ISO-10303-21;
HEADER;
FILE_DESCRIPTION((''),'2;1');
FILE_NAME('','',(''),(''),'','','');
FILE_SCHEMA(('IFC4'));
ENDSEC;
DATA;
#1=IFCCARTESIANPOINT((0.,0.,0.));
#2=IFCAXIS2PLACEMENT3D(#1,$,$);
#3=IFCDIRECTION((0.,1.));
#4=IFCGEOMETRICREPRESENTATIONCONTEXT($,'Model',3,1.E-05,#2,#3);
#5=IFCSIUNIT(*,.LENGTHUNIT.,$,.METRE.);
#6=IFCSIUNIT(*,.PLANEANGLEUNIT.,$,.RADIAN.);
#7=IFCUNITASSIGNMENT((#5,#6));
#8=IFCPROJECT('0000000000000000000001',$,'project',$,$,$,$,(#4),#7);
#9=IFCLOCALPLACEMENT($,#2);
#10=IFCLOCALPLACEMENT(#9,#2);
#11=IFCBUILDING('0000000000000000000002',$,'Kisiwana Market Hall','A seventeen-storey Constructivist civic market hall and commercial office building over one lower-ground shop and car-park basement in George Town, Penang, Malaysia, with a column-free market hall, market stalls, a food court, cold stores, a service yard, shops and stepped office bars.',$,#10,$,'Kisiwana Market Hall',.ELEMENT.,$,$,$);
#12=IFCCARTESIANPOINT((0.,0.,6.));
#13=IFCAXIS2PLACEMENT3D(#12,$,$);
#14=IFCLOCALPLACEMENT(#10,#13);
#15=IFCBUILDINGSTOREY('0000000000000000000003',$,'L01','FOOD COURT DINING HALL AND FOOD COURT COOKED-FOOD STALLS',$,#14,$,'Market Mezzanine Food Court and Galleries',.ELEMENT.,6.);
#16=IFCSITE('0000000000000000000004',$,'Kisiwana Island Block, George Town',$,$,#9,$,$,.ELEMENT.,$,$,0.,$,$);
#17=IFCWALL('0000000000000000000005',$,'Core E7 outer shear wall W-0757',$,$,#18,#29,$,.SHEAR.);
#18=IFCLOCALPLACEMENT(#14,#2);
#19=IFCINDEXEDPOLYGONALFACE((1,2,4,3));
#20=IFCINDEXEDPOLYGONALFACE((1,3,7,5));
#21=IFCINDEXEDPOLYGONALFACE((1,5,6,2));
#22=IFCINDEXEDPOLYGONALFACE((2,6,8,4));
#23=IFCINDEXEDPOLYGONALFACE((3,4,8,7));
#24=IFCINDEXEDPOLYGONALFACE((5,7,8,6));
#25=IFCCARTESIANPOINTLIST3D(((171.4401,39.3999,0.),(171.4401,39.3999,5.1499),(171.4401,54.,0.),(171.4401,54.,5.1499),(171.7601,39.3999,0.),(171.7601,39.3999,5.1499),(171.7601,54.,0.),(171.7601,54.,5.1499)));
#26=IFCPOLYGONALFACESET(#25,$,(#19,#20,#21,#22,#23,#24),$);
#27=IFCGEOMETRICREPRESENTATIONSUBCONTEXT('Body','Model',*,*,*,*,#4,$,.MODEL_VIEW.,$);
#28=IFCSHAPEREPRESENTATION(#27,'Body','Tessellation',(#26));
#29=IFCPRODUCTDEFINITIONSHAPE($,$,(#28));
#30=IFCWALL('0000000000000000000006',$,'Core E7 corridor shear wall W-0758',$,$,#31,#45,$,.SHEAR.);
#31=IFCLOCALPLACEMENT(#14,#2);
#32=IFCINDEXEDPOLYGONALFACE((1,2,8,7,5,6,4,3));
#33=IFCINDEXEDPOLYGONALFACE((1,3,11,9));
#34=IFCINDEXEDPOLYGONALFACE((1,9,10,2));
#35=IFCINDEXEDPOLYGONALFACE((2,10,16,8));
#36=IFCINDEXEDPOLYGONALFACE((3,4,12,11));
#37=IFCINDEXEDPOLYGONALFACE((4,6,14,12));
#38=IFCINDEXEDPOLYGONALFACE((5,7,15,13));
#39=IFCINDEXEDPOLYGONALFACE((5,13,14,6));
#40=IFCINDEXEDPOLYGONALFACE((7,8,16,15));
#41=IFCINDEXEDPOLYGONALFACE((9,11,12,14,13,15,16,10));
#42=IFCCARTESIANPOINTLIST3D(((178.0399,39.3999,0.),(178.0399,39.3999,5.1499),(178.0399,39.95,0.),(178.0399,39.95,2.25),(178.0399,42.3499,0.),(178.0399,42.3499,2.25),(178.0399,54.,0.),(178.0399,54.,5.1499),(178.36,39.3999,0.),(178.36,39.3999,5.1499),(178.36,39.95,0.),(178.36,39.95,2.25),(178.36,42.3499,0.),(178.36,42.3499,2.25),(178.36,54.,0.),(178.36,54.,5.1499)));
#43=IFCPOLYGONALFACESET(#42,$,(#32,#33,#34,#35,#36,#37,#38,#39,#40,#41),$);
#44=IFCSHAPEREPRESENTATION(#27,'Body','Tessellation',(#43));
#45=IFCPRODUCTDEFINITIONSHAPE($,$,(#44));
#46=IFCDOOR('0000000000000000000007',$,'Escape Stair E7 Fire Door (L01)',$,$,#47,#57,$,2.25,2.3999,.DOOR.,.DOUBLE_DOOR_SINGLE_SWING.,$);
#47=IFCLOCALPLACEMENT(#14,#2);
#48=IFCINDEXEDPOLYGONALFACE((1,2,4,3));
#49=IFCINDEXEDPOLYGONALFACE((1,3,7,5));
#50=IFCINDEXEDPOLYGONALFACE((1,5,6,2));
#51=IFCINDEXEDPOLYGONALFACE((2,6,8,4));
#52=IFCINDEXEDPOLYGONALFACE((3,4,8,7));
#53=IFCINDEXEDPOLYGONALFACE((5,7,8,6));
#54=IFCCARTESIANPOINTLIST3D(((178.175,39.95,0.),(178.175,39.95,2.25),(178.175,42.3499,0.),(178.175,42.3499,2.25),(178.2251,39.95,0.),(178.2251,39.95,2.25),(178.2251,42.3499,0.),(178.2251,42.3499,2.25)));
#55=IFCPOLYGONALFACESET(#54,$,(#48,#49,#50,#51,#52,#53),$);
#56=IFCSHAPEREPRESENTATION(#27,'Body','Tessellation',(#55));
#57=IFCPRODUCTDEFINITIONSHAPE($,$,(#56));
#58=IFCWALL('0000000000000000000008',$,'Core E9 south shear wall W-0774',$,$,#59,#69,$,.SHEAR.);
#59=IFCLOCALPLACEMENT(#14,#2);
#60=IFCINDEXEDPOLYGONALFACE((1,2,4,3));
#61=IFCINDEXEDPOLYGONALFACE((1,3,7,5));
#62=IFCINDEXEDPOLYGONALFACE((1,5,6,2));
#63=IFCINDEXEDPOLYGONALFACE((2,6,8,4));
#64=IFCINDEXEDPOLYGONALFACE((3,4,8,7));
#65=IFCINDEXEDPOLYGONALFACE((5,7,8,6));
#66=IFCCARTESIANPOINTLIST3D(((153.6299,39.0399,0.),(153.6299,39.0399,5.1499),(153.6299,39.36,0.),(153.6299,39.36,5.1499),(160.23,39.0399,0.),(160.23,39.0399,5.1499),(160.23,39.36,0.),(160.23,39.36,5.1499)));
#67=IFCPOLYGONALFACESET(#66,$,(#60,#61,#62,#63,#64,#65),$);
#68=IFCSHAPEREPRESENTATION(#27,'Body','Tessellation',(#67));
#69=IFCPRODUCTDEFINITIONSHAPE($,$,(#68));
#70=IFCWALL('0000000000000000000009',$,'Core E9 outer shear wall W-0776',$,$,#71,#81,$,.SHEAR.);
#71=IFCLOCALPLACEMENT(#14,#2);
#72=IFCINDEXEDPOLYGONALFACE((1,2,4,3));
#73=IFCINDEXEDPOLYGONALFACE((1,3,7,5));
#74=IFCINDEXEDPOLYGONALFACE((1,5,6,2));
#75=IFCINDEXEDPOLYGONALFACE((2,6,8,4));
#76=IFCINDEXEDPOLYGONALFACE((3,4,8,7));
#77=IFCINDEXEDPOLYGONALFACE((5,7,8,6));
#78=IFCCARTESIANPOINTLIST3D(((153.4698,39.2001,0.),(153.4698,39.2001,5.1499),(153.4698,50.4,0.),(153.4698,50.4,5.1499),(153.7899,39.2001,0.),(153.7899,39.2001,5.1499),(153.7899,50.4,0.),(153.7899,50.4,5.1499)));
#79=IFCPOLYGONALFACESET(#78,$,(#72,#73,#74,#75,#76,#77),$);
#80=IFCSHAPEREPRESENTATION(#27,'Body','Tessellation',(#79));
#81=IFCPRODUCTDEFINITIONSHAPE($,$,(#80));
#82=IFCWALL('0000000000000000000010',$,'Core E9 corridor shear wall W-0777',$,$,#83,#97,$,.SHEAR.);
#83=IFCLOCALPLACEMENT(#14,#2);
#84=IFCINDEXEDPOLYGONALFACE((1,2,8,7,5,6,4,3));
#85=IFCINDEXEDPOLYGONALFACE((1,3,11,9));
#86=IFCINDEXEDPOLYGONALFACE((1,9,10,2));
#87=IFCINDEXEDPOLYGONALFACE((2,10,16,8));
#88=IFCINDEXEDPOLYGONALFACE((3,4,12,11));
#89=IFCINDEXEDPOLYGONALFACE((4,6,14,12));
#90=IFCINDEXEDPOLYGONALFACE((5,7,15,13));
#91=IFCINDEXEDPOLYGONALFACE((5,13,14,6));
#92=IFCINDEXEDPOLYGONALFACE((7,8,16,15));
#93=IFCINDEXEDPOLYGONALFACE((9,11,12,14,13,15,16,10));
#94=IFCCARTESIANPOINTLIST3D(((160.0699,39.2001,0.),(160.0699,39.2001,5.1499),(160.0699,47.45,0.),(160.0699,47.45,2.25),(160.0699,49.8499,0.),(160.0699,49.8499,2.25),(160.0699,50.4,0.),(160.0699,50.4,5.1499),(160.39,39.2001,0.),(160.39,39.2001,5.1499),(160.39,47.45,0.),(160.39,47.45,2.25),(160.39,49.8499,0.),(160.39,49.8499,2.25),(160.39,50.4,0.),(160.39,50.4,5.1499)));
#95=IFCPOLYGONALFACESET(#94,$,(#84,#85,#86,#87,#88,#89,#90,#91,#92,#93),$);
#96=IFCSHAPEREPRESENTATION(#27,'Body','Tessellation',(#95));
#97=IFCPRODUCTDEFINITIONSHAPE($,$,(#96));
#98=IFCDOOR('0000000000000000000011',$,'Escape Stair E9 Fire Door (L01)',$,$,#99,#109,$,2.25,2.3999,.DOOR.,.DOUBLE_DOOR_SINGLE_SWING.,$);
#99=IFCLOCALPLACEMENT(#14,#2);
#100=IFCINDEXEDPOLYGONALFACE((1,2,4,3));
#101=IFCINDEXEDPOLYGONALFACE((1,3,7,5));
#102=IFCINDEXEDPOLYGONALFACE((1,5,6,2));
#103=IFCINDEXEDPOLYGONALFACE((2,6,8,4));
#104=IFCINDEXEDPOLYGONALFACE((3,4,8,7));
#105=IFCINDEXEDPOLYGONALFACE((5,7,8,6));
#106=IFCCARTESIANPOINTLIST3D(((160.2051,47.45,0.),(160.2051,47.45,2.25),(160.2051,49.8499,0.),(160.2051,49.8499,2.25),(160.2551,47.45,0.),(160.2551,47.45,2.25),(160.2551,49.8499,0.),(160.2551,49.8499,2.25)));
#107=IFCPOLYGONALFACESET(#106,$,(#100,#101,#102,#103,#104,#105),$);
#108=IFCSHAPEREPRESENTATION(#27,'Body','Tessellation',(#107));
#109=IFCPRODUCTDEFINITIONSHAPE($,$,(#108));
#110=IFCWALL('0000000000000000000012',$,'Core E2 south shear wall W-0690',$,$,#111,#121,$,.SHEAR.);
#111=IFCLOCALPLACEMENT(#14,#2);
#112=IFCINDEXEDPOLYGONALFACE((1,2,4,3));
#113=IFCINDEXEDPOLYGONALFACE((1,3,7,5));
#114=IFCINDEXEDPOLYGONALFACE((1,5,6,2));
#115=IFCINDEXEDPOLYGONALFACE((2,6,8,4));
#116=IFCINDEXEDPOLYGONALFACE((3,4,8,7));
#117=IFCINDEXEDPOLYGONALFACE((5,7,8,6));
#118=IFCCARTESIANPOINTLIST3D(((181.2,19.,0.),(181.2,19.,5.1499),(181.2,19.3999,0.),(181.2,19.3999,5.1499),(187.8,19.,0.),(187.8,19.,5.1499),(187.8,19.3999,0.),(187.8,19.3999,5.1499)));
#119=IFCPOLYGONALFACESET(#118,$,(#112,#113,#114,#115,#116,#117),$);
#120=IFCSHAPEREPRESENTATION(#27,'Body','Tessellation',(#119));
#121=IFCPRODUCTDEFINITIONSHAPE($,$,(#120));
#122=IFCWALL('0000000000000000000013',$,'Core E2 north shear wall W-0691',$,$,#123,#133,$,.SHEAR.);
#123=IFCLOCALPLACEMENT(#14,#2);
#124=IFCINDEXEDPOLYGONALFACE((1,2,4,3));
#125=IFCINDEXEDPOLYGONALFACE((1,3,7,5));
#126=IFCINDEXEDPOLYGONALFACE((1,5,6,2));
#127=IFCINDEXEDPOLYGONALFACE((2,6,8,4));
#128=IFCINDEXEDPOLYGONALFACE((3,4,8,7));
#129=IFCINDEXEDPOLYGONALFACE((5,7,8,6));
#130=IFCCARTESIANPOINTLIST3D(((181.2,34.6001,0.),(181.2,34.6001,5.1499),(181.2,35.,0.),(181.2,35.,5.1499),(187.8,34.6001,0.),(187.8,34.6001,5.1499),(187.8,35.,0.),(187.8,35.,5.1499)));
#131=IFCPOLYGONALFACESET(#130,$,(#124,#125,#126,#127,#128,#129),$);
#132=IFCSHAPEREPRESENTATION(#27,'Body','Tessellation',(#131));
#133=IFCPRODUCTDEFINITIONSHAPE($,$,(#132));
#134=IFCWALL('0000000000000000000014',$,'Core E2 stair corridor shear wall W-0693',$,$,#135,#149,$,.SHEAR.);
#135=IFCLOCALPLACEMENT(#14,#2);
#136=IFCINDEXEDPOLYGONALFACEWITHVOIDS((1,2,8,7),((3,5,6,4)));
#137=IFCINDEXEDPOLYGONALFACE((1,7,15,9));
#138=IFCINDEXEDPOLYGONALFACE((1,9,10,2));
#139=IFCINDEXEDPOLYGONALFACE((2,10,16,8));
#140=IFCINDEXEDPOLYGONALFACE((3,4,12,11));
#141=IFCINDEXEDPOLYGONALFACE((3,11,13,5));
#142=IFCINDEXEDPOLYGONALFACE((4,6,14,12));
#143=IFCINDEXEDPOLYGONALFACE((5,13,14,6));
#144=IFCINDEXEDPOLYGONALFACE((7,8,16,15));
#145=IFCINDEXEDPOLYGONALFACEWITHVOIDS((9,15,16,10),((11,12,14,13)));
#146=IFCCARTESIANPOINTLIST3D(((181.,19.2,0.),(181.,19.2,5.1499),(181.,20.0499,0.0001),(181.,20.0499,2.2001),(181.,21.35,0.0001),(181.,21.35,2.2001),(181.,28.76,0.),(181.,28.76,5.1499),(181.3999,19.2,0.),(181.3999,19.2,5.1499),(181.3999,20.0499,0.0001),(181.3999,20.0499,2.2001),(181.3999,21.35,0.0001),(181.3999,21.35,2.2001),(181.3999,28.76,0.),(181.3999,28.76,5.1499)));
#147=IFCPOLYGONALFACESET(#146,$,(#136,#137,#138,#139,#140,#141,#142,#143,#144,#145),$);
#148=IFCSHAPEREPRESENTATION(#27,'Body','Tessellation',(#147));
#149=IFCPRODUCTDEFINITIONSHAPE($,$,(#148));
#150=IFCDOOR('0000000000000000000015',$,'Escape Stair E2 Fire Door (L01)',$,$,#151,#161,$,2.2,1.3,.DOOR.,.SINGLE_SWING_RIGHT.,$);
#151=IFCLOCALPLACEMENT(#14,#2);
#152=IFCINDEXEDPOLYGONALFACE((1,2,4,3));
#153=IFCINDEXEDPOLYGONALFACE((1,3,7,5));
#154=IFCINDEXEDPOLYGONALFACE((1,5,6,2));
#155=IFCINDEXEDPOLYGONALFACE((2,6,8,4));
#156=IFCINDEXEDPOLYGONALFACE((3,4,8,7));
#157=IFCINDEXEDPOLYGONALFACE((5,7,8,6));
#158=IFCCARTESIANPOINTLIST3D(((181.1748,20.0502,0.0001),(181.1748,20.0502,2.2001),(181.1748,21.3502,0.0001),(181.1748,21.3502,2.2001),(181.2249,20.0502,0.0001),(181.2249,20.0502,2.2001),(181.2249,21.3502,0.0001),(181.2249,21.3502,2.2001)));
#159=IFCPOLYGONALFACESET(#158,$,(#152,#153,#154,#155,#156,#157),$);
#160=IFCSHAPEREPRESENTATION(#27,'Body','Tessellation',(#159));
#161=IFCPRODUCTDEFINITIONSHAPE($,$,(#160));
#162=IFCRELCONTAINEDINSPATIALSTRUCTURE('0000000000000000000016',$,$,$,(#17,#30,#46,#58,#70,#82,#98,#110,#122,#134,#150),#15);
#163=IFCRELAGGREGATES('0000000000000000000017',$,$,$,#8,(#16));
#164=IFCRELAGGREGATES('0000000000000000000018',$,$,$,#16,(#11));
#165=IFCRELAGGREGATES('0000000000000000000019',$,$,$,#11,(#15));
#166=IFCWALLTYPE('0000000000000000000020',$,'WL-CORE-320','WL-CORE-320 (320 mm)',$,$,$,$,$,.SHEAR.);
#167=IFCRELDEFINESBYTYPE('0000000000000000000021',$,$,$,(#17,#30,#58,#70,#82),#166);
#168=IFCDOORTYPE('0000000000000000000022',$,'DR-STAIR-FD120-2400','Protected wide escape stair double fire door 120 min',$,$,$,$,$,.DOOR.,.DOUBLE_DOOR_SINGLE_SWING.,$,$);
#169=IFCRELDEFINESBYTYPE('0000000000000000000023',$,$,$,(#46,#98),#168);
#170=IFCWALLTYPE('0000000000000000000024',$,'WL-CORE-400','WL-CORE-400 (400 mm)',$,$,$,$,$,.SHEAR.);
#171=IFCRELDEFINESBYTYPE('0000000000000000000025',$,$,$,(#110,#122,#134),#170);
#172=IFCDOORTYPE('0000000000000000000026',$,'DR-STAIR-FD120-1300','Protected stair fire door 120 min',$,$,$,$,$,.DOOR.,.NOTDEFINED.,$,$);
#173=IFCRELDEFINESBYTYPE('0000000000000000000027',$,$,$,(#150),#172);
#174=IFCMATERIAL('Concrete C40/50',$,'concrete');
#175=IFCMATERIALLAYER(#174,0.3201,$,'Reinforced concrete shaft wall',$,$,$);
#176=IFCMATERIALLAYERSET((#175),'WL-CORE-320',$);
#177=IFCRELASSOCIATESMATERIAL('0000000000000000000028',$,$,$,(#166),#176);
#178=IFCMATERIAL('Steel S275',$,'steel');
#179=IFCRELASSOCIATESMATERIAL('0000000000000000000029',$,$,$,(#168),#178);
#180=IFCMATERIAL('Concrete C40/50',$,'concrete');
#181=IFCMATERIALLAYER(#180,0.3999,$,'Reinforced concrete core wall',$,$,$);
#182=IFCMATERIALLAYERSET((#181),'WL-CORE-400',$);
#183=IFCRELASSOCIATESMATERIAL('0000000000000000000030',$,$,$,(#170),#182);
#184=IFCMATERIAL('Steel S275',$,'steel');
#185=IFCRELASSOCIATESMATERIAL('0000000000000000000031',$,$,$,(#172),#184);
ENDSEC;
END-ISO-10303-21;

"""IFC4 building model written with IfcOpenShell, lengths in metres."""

from ifc_helpers import new_model, si_unit, direction, frame, frame_2d, origin, place, context, subcontext, project, spatial, rectangle, extrude, material, layer, layer_set, type_object, element, fill, save


model = new_model("IFC4")

# Units and contexts
model_context = context("Model", 3, precision=1e-05, world=origin(), true_north=direction((0.0, 1.0)))
body_context = subcontext(model_context, "Body", "Model", "MODEL_VIEW")
ifc_project = project(units=[si_unit("LENGTHUNIT", "METRE"), si_unit("PLANEANGLEUNIT", "RADIAN")], contexts=[model_context])

# Site, building, storey
site_placement = place(None, origin())
site = spatial("IfcSite", under=ifc_project, at=site_placement, Name="Kisiwana Island Block, George Town", CompositionType="ELEMENT", RefElevation=0.0)
building_placement = place(site_placement, origin())
building = spatial("IfcBuilding", under=site, at=building_placement, Name="Kisiwana Market Hall", Description="A seventeen-storey Constructivist civic market hall and commercial office building over one lower-ground shop and car-park basement in George Town, Penang, Malaysia, with a column-free market hall, market stalls, a food court, cold stores, a service yard, shops and stepped office bars.", LongName="Kisiwana Market Hall", CompositionType="ELEMENT")
storey_placement = place(building_placement, frame((0.0, 0.0, 6.0)))
storey = spatial("IfcBuildingStorey", under=building, at=storey_placement, Name="L01", Description="FOOD COURT DINING HALL AND FOOD COURT COOKED-FOOD STALLS", LongName="Market Mezzanine Food Court and Galleries", CompositionType="ELEMENT", Elevation=6.0)

# Wall
ifc_material_1 = material(Name="Concrete C40/50", Category="concrete")
ifc_layer_1 = layer(ifc_material_1, 0.3201, Name="Reinforced concrete shaft wall")
ifc_layer_set_1 = layer_set([ifc_layer_1], Name="WL-CORE-320")
wall_type_1 = type_object("IfcWallType", Name="WL-CORE-320", Description="WL-CORE-320 (320 mm)", PredefinedType="SHEAR", material=ifc_layer_set_1)
wall_1_placement = place(storey_placement, frame((171.6001, 39.3999, 0.0), z_axis=(0.0, 0.0, 1.0), x_axis=(0.0, 1.0, 0.0)))
element("IfcWall", 1, at=wall_1_placement, inside=storey, type_object=wall_type_1, Name="Core E7 outer shear wall W-0757", PredefinedType="SHEAR", context=body_context, shape_type="SweptSolid", body=[
    extrude(rectangle(XDim=14.6001, YDim=0.3201, at=frame_2d((7.3, 0.0))), origin(), (0.0, 0.0, 1.0), 5.1499),
])

# Wall, opening, door
wall_2_placement = place(storey_placement, frame((178.2, 39.3999, 0.0), z_axis=(0.0, 0.0, 1.0), x_axis=(0.0, 1.0, 0.0)))
wall_2 = element("IfcWall", 2, at=wall_2_placement, inside=storey, type_object=wall_type_1, Name="Core E7 corridor shear wall W-0758", PredefinedType="SHEAR", context=body_context, shape_type="SweptSolid", body=[
    extrude(rectangle(XDim=14.6001, YDim=0.3201, at=frame_2d((7.3, 0.0))), origin(), (0.0, 0.0, 1.0), 5.1499),
])
opening_1_placement = place(wall_2_placement, frame((0.55, 0.0, 0.0)))
opening_1 = element("IfcOpeningElement", 3, at=opening_1_placement, cuts=wall_2, PredefinedType="OPENING", context=body_context, shape_type="SweptSolid", body=[
    extrude(rectangle(XDim=2.3999, YDim=2.25, at=frame_2d((1.2, 1.125))), frame((0.0, 0.1719, 0.0), z_axis=(0.0, -1.0, 0.0), x_axis=(1.0, 0.0, 0.0)), (0.0, 0.0, 1.0), 0.344),
])
ifc_material_2 = material(Name="Steel S275", Category="steel")
door_type_1 = type_object("IfcDoorType", Name="DR-STAIR-FD120-2400", Description="Protected wide escape stair double fire door 120 min", OperationType="DOUBLE_DOOR_SINGLE_SWING", PredefinedType="DOOR", material=ifc_material_2)
door_1_placement = place(opening_1_placement, origin())
door_1 = element("IfcDoor", 4, at=door_1_placement, inside=storey, type_object=door_type_1, Name="Escape Stair E7 Fire Door (L01)", OperationType="DOUBLE_DOOR_SINGLE_SWING", OverallHeight=2.25, OverallWidth=2.3999, PredefinedType="DOOR", context=body_context, shape_type="SweptSolid", body=[
    extrude(rectangle(XDim=2.3999, YDim=2.25, at=frame_2d((1.2, 1.125))), frame((0.0, 0.0249, 0.0), z_axis=(0.0, -1.0, 0.0), x_axis=(1.0, 0.0, 0.0)), (0.0, 0.0, 1.0), 0.05),
])
fill(opening_1, door_1)

# Walls
wall_3_placement = place(storey_placement, frame((153.6299, 39.2, 0.0), z_axis=(0.0, 0.0, 1.0), x_axis=(1.0, 0.0, 0.0)))
element("IfcWall", 5, at=wall_3_placement, inside=storey, type_object=wall_type_1, Name="Core E9 south shear wall W-0774", PredefinedType="SHEAR", context=body_context, shape_type="SweptSolid", body=[
    extrude(rectangle(XDim=6.6001, YDim=0.3201, at=frame_2d((3.3, 0.0))), origin(), (0.0, 0.0, 1.0), 5.1499),
])
wall_4_placement = place(storey_placement, frame((153.6299, 39.2, 0.0), z_axis=(0.0, 0.0, 1.0), x_axis=(0.0, 1.0, 0.0)))
element("IfcWall", 6, at=wall_4_placement, inside=storey, type_object=wall_type_1, Name="Core E9 outer shear wall W-0776", PredefinedType="SHEAR", context=body_context, shape_type="SweptSolid", body=[
    extrude(rectangle(XDim=11.2, YDim=0.3201, at=frame_2d((5.6001, 0.0))), origin(), (0.0, 0.0, 1.0), 5.1499),
])

# Wall, opening, door
wall_5_placement = place(storey_placement, frame((160.23, 39.2, 0.0), z_axis=(0.0, 0.0, 1.0), x_axis=(0.0, 1.0, 0.0)))
wall_5 = element("IfcWall", 7, at=wall_5_placement, inside=storey, type_object=wall_type_1, Name="Core E9 corridor shear wall W-0777", PredefinedType="SHEAR", context=body_context, shape_type="SweptSolid", body=[
    extrude(rectangle(XDim=11.2, YDim=0.3201, at=frame_2d((5.6001, 0.0))), origin(), (0.0, 0.0, 1.0), 5.1499),
])
opening_2_placement = place(wall_5_placement, frame((8.25, 0.0, 0.0)))
opening_2 = element("IfcOpeningElement", 8, at=opening_2_placement, cuts=wall_5, PredefinedType="OPENING", context=body_context, shape_type="SweptSolid", body=[
    extrude(rectangle(XDim=2.3999, YDim=2.25, at=frame_2d((1.2, 1.125))), frame((0.0, 0.1719, 0.0), z_axis=(0.0, -1.0, 0.0), x_axis=(1.0, 0.0, 0.0)), (0.0, 0.0, 1.0), 0.344),
])
door_2_placement = place(opening_2_placement, origin())
door_2 = element("IfcDoor", 9, at=door_2_placement, inside=storey, type_object=door_type_1, Name="Escape Stair E9 Fire Door (L01)", OperationType="DOUBLE_DOOR_SINGLE_SWING", OverallHeight=2.25, OverallWidth=2.3999, PredefinedType="DOOR", context=body_context, shape_type="SweptSolid", body=[
    extrude(rectangle(XDim=2.3999, YDim=2.25, at=frame_2d((1.2, 1.125))), frame((0.0, 0.0249, 0.0), z_axis=(0.0, -1.0, 0.0), x_axis=(1.0, 0.0, 0.0)), (0.0, 0.0, 1.0), 0.05),
])
fill(opening_2, door_2)

# Walls
ifc_material_3 = material(Name="Concrete C40/50", Category="concrete")
ifc_layer_2 = layer(ifc_material_3, 0.3999, Name="Reinforced concrete core wall")
ifc_layer_set_2 = layer_set([ifc_layer_2], Name="WL-CORE-400")
wall_type_2 = type_object("IfcWallType", Name="WL-CORE-400", Description="WL-CORE-400 (400 mm)", PredefinedType="SHEAR", material=ifc_layer_set_2)
for number, where, z_axis, x_axis, name in (
    (10, (181.2, 19.2, 0.0), (0.0, 0.0, 1.0), (1.0, 0.0, 0.0), "Core E2 south shear wall W-0690"),
    (11, (181.2, 34.8, 0.0), (0.0, 0.0, 1.0), (1.0, 0.0, 0.0), "Core E2 north shear wall W-0691"),
):
    element("IfcWall", number, at=place(storey_placement, frame(where, z_axis=z_axis, x_axis=x_axis)), inside=storey, type_object=wall_type_2, Name=name, PredefinedType="SHEAR", context=body_context, shape_type="SweptSolid", body=[
        extrude(rectangle(XDim=6.6001, YDim=0.3999, at=frame_2d((3.3, 0.0))), origin(), (0.0, 0.0, 1.0), 5.1499),
    ])

# Wall, opening, door
wall_6_placement = place(storey_placement, frame((181.2, 19.2, 0.0), z_axis=(0.0, 0.0, 1.0), x_axis=(0.0, 1.0, 0.0)))
wall_6 = element("IfcWall", 12, at=wall_6_placement, inside=storey, type_object=wall_type_2, Name="Core E2 stair corridor shear wall W-0693", PredefinedType="SHEAR", context=body_context, shape_type="SweptSolid", body=[
    extrude(rectangle(XDim=9.5601, YDim=0.3999, at=frame_2d((4.78, 0.0))), origin(), (0.0, 0.0, 1.0), 5.1499),
])
opening_3_placement = place(wall_6_placement, frame((0.8501, 0.0, 0.0)))
opening_3 = element("IfcOpeningElement", 13, at=opening_3_placement, cuts=wall_6, PredefinedType="OPENING", context=body_context, shape_type="SweptSolid", body=[
    extrude(rectangle(XDim=1.3, YDim=2.2, at=frame_2d((0.6499, 1.1001))), frame((0.0, 0.2119, 0.0), z_axis=(0.0, -1.0, 0.0), x_axis=(1.0, 0.0, 0.0)), (0.0, 0.0, 1.0), 0.4238),
])
ifc_material_4 = material(Name="Steel S275", Category="steel")
door_type_2 = type_object("IfcDoorType", Name="DR-STAIR-FD120-1300", Description="Protected stair fire door 120 min", OperationType="NOTDEFINED", PredefinedType="DOOR", material=ifc_material_4)
door_3_placement = place(opening_3_placement, frame((1.3, 0.0, 0.0), z_axis=(0.0, 0.0, 1.0), x_axis=(-1.0, 0.0, 0.0)))
door_3 = element("IfcDoor", 14, at=door_3_placement, inside=storey, type_object=door_type_2, Name="Escape Stair E2 Fire Door (L01)", OperationType="SINGLE_SWING_RIGHT", OverallHeight=2.2, OverallWidth=1.3, PredefinedType="DOOR", context=body_context, shape_type="SweptSolid", body=[
    extrude(rectangle(XDim=1.3, YDim=2.2, at=frame_2d((0.6499, 1.1001))), frame((0.0, 0.0249, 0.0), z_axis=(0.0, -1.0, 0.0), x_axis=(1.0, 0.0, 0.0)), (0.0, 0.0, 1.0), 0.05),
])
fill(opening_3, door_3)

save(model, "model.ifc")
